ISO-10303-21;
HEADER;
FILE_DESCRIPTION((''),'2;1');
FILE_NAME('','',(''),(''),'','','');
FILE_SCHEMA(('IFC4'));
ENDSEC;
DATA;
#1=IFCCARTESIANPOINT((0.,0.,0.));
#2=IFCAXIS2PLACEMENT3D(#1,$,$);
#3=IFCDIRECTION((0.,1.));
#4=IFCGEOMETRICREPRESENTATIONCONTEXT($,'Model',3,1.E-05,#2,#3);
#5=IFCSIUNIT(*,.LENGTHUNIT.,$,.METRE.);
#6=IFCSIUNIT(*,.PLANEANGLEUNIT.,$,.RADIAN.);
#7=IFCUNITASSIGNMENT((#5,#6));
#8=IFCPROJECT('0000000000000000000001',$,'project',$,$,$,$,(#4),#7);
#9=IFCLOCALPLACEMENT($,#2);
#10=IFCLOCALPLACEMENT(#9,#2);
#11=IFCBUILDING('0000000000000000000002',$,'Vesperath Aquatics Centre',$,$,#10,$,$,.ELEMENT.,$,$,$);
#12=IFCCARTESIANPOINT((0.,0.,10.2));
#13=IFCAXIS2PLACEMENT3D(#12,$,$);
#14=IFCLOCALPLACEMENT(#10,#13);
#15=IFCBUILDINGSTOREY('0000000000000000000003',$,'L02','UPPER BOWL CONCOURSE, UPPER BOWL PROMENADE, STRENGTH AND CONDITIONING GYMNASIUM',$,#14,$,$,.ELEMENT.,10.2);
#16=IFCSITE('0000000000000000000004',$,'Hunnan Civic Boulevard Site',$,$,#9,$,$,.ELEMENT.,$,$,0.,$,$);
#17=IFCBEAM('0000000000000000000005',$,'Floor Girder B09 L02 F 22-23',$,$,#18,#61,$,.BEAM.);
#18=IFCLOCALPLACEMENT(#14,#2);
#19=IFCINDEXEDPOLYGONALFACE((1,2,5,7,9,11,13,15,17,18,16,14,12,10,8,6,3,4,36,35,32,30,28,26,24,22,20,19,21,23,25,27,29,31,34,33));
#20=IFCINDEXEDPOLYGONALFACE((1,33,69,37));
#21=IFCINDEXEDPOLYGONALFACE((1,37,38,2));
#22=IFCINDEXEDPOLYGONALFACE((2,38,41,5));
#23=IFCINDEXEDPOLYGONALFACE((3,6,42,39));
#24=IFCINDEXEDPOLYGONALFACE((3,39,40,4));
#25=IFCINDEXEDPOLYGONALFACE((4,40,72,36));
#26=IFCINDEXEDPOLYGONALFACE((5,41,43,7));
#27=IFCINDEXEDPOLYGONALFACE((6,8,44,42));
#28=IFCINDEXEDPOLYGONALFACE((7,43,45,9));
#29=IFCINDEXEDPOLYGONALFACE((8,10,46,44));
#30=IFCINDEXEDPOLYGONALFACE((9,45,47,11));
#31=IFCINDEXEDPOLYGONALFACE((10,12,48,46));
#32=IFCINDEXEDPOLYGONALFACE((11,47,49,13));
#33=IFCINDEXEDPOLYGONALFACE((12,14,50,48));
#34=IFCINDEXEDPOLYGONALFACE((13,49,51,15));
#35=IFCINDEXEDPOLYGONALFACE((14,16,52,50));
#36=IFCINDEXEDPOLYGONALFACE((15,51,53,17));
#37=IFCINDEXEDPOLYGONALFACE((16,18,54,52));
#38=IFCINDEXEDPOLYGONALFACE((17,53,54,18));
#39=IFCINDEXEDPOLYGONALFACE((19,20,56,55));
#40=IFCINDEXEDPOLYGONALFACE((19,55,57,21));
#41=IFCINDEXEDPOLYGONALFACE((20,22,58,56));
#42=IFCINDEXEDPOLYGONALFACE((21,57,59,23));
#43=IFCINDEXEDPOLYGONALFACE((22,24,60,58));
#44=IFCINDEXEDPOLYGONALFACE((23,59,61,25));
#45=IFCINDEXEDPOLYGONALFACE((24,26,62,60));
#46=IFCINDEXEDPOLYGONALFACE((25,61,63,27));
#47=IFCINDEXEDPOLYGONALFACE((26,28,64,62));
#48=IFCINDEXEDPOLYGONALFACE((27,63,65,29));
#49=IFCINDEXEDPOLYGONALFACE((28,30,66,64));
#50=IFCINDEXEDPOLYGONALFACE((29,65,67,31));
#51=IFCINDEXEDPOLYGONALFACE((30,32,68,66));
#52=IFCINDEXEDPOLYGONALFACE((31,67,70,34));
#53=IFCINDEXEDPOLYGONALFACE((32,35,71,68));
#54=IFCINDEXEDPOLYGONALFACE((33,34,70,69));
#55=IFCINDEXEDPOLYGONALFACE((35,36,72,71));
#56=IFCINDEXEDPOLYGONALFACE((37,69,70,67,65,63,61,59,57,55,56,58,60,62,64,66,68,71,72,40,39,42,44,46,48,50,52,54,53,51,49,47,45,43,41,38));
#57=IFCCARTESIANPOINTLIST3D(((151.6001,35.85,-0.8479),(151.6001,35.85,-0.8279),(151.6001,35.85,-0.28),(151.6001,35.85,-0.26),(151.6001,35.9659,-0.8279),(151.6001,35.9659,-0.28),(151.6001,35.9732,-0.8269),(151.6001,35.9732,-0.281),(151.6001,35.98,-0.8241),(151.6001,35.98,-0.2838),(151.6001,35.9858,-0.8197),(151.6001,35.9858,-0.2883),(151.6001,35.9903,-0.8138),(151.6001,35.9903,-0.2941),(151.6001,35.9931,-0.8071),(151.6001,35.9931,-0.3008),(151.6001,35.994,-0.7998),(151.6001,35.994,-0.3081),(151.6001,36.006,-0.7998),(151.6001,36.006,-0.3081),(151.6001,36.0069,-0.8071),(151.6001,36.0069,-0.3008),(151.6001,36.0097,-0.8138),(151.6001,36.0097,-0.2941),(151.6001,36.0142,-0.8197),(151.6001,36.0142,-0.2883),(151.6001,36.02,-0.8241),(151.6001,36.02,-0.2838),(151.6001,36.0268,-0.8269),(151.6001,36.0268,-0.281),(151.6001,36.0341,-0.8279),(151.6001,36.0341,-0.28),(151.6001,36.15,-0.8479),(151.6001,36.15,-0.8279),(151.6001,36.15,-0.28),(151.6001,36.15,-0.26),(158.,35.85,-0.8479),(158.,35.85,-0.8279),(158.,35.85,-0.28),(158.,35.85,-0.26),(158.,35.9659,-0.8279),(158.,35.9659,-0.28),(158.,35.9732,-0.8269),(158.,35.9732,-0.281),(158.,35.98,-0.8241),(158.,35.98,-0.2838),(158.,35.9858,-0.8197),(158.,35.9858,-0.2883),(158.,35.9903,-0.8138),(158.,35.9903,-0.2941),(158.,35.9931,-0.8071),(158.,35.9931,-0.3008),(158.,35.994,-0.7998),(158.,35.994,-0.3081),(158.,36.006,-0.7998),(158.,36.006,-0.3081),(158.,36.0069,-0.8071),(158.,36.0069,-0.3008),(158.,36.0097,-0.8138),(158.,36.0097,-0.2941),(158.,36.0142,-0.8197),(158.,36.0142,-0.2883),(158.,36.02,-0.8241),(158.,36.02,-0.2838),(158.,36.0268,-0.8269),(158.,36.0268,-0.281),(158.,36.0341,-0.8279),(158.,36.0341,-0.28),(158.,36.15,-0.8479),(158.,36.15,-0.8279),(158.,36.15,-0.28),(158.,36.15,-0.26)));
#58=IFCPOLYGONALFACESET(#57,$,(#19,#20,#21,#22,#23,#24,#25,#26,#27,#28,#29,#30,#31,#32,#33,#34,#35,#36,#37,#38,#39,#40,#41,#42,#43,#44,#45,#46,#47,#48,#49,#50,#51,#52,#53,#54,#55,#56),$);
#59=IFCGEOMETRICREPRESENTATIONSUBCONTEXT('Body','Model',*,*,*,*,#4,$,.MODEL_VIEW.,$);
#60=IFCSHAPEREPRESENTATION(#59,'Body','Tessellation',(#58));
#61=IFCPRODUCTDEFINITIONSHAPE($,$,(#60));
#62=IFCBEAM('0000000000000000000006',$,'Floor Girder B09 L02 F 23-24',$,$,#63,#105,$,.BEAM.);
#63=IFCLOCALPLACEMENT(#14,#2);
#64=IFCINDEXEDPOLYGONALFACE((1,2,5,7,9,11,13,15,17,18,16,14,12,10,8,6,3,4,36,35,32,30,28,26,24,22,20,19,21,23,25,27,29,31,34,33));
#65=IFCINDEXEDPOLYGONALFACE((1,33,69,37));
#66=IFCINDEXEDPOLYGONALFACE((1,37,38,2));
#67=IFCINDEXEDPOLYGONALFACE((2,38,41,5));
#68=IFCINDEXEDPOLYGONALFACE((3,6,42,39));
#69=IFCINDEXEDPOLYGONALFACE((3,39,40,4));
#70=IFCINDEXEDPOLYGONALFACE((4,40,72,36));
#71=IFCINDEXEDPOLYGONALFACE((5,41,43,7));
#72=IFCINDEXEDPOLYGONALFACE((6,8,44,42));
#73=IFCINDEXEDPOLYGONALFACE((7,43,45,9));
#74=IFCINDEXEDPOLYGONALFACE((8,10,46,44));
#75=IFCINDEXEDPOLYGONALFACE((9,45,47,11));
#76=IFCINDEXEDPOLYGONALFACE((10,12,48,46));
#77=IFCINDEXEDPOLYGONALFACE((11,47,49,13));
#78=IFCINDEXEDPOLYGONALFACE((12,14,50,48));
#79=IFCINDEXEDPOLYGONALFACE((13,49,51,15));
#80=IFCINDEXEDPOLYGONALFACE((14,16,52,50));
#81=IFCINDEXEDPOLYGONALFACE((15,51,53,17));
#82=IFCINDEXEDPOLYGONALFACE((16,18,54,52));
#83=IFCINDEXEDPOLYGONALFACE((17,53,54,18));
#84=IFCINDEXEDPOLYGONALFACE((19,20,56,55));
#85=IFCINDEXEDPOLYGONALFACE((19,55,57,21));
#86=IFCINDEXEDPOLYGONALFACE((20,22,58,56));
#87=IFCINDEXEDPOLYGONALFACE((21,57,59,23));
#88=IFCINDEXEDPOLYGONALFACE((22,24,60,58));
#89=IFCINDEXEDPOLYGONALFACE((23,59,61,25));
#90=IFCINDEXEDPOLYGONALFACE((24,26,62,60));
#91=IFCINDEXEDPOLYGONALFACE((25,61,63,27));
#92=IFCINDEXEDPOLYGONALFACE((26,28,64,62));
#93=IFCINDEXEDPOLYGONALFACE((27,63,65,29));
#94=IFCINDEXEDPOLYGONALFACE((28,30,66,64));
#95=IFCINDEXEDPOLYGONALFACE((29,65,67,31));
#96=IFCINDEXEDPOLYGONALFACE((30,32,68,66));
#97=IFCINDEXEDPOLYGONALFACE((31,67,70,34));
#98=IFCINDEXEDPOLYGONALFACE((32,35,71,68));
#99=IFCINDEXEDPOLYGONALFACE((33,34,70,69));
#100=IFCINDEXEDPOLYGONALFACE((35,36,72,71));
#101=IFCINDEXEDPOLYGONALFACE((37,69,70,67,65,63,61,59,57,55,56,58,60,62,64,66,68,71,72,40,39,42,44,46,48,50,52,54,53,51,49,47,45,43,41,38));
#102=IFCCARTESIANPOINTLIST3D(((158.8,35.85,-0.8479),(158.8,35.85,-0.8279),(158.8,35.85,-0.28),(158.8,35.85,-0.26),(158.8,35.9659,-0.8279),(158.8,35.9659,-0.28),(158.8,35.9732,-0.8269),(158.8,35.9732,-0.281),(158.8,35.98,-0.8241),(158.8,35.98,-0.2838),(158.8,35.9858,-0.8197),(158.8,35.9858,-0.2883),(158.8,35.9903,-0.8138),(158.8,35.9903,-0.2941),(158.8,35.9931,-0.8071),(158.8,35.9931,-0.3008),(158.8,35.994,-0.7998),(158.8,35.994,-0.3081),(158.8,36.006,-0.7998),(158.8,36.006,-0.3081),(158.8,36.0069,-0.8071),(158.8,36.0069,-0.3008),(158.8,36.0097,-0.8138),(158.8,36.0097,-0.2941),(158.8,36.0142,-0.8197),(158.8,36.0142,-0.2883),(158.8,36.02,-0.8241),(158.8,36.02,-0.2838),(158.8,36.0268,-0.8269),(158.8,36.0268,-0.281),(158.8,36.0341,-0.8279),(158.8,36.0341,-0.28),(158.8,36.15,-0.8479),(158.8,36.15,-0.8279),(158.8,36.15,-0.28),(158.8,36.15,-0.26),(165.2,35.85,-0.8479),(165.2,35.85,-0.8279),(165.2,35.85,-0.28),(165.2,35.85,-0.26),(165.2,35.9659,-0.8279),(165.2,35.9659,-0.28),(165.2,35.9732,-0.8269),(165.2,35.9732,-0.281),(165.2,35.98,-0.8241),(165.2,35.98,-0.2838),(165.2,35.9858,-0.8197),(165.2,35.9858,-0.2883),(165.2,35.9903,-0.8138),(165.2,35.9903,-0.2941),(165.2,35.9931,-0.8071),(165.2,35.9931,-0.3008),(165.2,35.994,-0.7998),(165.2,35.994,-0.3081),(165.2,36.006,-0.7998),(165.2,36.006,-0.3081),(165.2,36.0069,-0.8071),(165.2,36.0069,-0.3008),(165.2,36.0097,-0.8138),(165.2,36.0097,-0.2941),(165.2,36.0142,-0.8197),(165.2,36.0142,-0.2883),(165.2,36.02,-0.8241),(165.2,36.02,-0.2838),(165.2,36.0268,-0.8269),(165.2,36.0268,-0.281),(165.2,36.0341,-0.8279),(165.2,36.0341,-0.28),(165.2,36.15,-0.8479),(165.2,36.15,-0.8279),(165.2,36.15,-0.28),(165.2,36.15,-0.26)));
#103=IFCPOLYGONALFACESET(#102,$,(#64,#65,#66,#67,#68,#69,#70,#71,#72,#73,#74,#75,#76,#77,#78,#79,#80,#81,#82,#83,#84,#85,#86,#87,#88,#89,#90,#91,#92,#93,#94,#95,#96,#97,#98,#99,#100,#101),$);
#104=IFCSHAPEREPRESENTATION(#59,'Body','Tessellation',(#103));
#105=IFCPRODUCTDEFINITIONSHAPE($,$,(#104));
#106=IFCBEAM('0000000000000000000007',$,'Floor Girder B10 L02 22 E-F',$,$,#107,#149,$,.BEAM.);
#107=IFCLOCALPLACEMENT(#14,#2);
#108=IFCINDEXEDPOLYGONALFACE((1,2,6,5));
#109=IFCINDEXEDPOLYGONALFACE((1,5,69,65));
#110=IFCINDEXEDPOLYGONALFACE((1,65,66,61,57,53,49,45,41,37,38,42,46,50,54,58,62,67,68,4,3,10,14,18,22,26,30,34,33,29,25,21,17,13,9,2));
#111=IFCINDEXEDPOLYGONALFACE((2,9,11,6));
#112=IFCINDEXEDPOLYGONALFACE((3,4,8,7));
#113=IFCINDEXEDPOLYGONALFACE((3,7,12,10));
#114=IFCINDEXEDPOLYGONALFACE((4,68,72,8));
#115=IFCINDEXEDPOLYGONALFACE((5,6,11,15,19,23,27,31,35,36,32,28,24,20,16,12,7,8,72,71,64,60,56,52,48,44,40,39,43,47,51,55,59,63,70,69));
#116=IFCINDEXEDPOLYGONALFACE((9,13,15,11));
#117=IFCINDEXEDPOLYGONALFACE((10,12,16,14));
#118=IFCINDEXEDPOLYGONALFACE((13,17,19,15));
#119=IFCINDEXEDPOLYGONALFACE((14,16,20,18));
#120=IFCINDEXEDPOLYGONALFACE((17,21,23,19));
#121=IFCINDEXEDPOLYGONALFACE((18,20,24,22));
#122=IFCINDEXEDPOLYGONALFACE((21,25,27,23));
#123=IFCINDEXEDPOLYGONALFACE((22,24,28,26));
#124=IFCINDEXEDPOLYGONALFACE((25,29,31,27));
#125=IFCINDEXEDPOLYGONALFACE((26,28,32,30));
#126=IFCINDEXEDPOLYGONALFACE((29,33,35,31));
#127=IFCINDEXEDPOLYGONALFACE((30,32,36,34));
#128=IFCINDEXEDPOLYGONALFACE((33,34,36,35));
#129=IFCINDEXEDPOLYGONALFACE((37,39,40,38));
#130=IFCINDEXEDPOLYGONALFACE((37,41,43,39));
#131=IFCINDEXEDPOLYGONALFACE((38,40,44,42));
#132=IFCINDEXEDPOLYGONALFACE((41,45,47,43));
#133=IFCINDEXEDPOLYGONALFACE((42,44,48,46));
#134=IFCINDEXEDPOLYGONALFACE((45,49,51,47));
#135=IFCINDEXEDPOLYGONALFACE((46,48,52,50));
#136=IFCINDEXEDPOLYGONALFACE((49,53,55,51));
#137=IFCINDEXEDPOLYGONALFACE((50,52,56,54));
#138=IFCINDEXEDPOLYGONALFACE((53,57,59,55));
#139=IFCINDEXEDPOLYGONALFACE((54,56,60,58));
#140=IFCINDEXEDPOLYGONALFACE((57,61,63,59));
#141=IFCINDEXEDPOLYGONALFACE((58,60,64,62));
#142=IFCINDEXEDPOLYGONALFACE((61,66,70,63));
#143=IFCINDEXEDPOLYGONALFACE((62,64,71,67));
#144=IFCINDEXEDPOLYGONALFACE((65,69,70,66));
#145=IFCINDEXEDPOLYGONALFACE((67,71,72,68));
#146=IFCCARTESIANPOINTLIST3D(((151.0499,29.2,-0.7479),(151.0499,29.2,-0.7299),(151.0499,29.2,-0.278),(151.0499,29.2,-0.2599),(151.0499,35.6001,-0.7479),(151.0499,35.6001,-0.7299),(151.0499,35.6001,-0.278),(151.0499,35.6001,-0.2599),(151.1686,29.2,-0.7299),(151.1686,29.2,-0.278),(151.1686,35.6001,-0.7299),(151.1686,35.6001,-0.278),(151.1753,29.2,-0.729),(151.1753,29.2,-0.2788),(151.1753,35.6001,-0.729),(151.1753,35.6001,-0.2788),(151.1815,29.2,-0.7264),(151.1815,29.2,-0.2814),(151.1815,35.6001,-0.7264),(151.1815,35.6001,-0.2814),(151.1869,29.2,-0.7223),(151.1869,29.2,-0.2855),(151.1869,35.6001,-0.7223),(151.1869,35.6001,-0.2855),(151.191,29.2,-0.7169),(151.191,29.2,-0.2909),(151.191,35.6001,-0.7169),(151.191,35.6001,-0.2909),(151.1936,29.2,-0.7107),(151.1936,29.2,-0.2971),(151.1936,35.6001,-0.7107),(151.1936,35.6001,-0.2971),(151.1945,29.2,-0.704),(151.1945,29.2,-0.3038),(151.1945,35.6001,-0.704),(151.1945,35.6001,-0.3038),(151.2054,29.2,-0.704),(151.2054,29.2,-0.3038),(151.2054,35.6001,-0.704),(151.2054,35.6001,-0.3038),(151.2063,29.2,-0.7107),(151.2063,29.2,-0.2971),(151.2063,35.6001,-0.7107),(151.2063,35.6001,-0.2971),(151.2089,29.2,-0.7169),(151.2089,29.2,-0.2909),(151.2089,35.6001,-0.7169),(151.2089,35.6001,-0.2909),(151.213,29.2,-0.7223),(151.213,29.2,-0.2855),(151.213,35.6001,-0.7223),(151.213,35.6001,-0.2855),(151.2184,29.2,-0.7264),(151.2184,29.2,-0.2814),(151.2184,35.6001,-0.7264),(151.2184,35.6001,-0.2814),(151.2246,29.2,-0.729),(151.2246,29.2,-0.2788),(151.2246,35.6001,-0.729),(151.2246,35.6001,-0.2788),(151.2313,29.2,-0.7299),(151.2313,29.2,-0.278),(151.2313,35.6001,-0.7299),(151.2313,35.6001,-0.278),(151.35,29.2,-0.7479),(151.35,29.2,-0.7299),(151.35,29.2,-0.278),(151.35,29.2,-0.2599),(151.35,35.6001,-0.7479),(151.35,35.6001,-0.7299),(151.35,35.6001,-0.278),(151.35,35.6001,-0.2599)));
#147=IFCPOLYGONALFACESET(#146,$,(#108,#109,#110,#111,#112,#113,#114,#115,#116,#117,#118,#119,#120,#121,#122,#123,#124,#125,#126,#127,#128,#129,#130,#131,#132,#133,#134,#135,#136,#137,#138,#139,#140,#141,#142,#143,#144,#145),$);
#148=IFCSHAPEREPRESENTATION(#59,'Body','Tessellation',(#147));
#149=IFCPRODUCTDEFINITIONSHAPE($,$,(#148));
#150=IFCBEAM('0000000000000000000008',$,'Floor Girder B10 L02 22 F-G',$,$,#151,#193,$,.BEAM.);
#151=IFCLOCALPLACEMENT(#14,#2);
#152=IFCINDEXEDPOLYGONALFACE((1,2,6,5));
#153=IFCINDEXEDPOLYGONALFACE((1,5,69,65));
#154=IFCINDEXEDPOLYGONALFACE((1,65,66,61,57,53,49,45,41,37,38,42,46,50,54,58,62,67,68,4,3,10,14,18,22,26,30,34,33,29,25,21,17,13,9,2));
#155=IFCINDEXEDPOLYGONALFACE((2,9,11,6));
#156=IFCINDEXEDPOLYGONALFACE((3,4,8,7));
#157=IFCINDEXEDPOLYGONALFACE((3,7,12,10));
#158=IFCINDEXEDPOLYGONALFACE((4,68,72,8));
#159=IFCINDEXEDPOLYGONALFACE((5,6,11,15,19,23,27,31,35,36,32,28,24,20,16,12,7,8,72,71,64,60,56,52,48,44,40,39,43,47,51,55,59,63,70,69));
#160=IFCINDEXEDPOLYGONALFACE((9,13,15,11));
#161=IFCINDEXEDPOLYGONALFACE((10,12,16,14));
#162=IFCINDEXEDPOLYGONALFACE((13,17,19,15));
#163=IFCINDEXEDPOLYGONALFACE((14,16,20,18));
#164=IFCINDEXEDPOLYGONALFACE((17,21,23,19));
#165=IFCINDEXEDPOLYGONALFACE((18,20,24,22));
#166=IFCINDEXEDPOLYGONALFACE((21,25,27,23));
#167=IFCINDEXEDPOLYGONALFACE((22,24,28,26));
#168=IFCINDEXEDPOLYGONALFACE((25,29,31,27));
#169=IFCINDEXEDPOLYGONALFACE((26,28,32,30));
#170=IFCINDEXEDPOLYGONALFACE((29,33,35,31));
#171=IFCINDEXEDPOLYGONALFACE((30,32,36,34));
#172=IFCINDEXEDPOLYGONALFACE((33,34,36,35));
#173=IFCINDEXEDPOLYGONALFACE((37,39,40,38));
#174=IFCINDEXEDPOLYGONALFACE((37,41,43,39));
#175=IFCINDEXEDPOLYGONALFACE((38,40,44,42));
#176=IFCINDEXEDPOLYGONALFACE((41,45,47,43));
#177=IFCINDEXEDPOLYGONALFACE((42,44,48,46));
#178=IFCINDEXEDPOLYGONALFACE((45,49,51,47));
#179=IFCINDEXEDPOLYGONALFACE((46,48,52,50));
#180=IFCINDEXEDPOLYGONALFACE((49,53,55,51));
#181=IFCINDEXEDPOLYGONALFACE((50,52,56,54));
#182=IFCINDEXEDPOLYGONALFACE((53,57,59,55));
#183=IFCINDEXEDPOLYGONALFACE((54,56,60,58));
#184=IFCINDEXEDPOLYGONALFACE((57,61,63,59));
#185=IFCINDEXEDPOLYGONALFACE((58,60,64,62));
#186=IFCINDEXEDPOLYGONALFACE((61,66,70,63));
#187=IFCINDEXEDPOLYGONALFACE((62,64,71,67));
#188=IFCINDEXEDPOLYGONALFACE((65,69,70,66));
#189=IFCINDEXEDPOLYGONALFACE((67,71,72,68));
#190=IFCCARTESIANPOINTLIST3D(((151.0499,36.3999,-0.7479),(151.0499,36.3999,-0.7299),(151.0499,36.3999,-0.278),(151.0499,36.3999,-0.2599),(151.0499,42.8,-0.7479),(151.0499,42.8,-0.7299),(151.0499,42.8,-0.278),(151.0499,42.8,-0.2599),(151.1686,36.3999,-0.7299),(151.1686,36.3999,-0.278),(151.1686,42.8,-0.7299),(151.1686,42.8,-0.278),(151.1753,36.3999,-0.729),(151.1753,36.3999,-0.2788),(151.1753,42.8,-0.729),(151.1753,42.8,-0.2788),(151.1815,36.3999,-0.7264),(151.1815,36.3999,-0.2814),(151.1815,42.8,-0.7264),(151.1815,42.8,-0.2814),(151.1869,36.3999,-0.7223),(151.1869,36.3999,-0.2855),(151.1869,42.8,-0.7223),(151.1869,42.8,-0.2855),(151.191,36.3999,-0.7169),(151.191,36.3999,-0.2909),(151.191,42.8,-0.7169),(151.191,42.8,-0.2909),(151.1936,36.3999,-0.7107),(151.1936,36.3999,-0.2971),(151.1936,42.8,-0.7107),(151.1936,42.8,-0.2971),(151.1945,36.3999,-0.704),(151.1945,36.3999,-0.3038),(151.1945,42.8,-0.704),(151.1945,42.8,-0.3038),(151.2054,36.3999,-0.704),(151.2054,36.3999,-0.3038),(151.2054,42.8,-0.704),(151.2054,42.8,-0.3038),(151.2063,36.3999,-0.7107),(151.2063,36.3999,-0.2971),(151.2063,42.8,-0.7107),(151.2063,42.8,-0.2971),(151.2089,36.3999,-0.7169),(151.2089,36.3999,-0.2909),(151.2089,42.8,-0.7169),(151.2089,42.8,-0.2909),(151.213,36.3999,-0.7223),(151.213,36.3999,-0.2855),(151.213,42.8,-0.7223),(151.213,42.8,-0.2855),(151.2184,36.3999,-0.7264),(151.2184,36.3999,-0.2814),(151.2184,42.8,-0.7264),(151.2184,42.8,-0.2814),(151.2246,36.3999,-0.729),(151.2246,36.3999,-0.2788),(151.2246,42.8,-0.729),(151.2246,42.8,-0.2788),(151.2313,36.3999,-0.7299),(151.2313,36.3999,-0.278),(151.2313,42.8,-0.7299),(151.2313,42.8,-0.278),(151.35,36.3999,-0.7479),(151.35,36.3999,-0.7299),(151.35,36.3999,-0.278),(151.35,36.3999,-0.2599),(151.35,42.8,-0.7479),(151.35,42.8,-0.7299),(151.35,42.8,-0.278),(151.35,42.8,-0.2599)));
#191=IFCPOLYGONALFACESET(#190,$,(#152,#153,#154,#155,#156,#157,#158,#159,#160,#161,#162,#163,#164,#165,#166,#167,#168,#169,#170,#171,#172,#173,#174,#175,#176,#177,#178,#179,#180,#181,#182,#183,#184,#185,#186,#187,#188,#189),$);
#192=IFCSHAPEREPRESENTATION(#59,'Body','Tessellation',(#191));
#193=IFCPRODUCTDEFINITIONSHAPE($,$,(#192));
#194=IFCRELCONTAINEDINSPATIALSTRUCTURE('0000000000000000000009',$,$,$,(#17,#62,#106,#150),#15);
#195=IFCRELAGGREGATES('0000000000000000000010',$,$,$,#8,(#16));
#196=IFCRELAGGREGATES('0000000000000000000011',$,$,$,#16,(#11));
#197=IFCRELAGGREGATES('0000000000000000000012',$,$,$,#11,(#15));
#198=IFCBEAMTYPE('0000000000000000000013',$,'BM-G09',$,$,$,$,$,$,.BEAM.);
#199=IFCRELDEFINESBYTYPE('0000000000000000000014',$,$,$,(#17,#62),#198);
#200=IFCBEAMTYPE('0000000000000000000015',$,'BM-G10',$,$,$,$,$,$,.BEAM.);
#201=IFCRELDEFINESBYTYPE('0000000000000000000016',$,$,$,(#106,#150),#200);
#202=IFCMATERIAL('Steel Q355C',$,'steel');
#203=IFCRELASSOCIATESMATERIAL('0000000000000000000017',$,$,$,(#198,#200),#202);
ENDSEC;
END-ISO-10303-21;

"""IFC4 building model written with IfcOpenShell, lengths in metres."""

from ifc_helpers import new_model, si_unit, direction, frame, origin, origin_2d, place, context, subcontext, project, spatial, i_section, extrude, material, material_profile, profile_set, type_object, element, save


model = new_model("IFC4")

# Units and contexts
model_context = context("Model", 3, precision=1e-05, world=origin(), true_north=direction((0.0, 1.0)))
body_context = subcontext(model_context, "Body", "Model", "MODEL_VIEW")
ifc_project = project(units=[si_unit("LENGTHUNIT", "METRE"), si_unit("PLANEANGLEUNIT", "RADIAN")], contexts=[model_context])

# Site, building, storey
site_placement = place(None, origin())
site = spatial("IfcSite", under=ifc_project, at=site_placement, Name="Hunnan Civic Boulevard Site", CompositionType="ELEMENT", RefElevation=0.0)
building_placement = place(site_placement, origin())
building = spatial("IfcBuilding", under=site, at=building_placement, Name="Vesperath Aquatics Centre", CompositionType="ELEMENT")
storey_placement = place(building_placement, frame((0.0, 0.0, 10.2)))
storey = spatial("IfcBuildingStorey", under=building, at=storey_placement, Name="L02", Description="UPPER BOWL CONCOURSE, UPPER BOWL PROMENADE, STRENGTH AND CONDITIONING GYMNASIUM", CompositionType="ELEMENT", Elevation=10.2)

# Beams
ifc_material_1 = material(Name="Steel Q355C", Category="steel")
ifc_material_profile_1 = material_profile(ifc_material_1, i_section(OverallWidth=0.3, OverallDepth=0.5879, WebThickness=0.012, FlangeThickness=0.02, FilletRadius=0.0281, at=origin_2d()), Name="HM 588x300x12x20")
ifc_profile_set_1 = profile_set([ifc_material_profile_1], Name="Steel Q355C")
beam_type_1 = type_object("IfcBeamType", Name="BM-G09", PredefinedType="BEAM", material=ifc_profile_set_1)
for number, where, z_axis, x_axis, name in (
    (1, (151.6001, 36.0, -0.554), (1.0, 0.0, 0.0), (0.0, 1.0, 0.0), "Floor Girder B09 L02 F 22-23"),
    (2, (158.8, 36.0, -0.554), (1.0, 0.0, 0.0), (0.0, 1.0, 0.0), "Floor Girder B09 L02 F 23-24"),
):
    element("IfcBeam", number, at=place(storey_placement, frame(where, z_axis=z_axis, x_axis=x_axis)), inside=storey, type_object=beam_type_1, Name=name, PredefinedType="BEAM", context=body_context, shape_type="SweptSolid", body=[
        extrude(i_section(OverallWidth=0.3, OverallDepth=0.5879, WebThickness=0.012, FlangeThickness=0.02, FilletRadius=0.0281, at=origin_2d()), origin(), (0.0, 0.0, 1.0), 6.3999),
    ])
ifc_material_profile_2 = material_profile(ifc_material_1, i_section(OverallWidth=0.3, OverallDepth=0.488, WebThickness=0.011, FlangeThickness=0.0181, FilletRadius=0.0259, at=origin_2d()), Name="HM 488x300x11x18")
ifc_profile_set_2 = profile_set([ifc_material_profile_2], Name="Steel Q355C")
beam_type_2 = type_object("IfcBeamType", Name="BM-G10", PredefinedType="BEAM", material=ifc_profile_set_2)
for number, where, z_axis, x_axis, name in (
    (3, (151.2, 29.2, -0.5039), (0.0, 1.0, 0.0), (-1.0, 0.0, 0.0), "Floor Girder B10 L02 22 E-F"),
    (4, (151.2, 36.3999, -0.5039), (0.0, 1.0, 0.0), (-1.0, 0.0, 0.0), "Floor Girder B10 L02 22 F-G"),
):
    element("IfcBeam", number, at=place(storey_placement, frame(where, z_axis=z_axis, x_axis=x_axis)), inside=storey, type_object=beam_type_2, Name=name, PredefinedType="BEAM", context=body_context, shape_type="SweptSolid", body=[
        extrude(i_section(OverallWidth=0.3, OverallDepth=0.488, WebThickness=0.011, FlangeThickness=0.0181, FilletRadius=0.0259, at=origin_2d()), origin(), (0.0, 0.0, 1.0), 6.4001),
    ])

save(model, "model.ifc")
